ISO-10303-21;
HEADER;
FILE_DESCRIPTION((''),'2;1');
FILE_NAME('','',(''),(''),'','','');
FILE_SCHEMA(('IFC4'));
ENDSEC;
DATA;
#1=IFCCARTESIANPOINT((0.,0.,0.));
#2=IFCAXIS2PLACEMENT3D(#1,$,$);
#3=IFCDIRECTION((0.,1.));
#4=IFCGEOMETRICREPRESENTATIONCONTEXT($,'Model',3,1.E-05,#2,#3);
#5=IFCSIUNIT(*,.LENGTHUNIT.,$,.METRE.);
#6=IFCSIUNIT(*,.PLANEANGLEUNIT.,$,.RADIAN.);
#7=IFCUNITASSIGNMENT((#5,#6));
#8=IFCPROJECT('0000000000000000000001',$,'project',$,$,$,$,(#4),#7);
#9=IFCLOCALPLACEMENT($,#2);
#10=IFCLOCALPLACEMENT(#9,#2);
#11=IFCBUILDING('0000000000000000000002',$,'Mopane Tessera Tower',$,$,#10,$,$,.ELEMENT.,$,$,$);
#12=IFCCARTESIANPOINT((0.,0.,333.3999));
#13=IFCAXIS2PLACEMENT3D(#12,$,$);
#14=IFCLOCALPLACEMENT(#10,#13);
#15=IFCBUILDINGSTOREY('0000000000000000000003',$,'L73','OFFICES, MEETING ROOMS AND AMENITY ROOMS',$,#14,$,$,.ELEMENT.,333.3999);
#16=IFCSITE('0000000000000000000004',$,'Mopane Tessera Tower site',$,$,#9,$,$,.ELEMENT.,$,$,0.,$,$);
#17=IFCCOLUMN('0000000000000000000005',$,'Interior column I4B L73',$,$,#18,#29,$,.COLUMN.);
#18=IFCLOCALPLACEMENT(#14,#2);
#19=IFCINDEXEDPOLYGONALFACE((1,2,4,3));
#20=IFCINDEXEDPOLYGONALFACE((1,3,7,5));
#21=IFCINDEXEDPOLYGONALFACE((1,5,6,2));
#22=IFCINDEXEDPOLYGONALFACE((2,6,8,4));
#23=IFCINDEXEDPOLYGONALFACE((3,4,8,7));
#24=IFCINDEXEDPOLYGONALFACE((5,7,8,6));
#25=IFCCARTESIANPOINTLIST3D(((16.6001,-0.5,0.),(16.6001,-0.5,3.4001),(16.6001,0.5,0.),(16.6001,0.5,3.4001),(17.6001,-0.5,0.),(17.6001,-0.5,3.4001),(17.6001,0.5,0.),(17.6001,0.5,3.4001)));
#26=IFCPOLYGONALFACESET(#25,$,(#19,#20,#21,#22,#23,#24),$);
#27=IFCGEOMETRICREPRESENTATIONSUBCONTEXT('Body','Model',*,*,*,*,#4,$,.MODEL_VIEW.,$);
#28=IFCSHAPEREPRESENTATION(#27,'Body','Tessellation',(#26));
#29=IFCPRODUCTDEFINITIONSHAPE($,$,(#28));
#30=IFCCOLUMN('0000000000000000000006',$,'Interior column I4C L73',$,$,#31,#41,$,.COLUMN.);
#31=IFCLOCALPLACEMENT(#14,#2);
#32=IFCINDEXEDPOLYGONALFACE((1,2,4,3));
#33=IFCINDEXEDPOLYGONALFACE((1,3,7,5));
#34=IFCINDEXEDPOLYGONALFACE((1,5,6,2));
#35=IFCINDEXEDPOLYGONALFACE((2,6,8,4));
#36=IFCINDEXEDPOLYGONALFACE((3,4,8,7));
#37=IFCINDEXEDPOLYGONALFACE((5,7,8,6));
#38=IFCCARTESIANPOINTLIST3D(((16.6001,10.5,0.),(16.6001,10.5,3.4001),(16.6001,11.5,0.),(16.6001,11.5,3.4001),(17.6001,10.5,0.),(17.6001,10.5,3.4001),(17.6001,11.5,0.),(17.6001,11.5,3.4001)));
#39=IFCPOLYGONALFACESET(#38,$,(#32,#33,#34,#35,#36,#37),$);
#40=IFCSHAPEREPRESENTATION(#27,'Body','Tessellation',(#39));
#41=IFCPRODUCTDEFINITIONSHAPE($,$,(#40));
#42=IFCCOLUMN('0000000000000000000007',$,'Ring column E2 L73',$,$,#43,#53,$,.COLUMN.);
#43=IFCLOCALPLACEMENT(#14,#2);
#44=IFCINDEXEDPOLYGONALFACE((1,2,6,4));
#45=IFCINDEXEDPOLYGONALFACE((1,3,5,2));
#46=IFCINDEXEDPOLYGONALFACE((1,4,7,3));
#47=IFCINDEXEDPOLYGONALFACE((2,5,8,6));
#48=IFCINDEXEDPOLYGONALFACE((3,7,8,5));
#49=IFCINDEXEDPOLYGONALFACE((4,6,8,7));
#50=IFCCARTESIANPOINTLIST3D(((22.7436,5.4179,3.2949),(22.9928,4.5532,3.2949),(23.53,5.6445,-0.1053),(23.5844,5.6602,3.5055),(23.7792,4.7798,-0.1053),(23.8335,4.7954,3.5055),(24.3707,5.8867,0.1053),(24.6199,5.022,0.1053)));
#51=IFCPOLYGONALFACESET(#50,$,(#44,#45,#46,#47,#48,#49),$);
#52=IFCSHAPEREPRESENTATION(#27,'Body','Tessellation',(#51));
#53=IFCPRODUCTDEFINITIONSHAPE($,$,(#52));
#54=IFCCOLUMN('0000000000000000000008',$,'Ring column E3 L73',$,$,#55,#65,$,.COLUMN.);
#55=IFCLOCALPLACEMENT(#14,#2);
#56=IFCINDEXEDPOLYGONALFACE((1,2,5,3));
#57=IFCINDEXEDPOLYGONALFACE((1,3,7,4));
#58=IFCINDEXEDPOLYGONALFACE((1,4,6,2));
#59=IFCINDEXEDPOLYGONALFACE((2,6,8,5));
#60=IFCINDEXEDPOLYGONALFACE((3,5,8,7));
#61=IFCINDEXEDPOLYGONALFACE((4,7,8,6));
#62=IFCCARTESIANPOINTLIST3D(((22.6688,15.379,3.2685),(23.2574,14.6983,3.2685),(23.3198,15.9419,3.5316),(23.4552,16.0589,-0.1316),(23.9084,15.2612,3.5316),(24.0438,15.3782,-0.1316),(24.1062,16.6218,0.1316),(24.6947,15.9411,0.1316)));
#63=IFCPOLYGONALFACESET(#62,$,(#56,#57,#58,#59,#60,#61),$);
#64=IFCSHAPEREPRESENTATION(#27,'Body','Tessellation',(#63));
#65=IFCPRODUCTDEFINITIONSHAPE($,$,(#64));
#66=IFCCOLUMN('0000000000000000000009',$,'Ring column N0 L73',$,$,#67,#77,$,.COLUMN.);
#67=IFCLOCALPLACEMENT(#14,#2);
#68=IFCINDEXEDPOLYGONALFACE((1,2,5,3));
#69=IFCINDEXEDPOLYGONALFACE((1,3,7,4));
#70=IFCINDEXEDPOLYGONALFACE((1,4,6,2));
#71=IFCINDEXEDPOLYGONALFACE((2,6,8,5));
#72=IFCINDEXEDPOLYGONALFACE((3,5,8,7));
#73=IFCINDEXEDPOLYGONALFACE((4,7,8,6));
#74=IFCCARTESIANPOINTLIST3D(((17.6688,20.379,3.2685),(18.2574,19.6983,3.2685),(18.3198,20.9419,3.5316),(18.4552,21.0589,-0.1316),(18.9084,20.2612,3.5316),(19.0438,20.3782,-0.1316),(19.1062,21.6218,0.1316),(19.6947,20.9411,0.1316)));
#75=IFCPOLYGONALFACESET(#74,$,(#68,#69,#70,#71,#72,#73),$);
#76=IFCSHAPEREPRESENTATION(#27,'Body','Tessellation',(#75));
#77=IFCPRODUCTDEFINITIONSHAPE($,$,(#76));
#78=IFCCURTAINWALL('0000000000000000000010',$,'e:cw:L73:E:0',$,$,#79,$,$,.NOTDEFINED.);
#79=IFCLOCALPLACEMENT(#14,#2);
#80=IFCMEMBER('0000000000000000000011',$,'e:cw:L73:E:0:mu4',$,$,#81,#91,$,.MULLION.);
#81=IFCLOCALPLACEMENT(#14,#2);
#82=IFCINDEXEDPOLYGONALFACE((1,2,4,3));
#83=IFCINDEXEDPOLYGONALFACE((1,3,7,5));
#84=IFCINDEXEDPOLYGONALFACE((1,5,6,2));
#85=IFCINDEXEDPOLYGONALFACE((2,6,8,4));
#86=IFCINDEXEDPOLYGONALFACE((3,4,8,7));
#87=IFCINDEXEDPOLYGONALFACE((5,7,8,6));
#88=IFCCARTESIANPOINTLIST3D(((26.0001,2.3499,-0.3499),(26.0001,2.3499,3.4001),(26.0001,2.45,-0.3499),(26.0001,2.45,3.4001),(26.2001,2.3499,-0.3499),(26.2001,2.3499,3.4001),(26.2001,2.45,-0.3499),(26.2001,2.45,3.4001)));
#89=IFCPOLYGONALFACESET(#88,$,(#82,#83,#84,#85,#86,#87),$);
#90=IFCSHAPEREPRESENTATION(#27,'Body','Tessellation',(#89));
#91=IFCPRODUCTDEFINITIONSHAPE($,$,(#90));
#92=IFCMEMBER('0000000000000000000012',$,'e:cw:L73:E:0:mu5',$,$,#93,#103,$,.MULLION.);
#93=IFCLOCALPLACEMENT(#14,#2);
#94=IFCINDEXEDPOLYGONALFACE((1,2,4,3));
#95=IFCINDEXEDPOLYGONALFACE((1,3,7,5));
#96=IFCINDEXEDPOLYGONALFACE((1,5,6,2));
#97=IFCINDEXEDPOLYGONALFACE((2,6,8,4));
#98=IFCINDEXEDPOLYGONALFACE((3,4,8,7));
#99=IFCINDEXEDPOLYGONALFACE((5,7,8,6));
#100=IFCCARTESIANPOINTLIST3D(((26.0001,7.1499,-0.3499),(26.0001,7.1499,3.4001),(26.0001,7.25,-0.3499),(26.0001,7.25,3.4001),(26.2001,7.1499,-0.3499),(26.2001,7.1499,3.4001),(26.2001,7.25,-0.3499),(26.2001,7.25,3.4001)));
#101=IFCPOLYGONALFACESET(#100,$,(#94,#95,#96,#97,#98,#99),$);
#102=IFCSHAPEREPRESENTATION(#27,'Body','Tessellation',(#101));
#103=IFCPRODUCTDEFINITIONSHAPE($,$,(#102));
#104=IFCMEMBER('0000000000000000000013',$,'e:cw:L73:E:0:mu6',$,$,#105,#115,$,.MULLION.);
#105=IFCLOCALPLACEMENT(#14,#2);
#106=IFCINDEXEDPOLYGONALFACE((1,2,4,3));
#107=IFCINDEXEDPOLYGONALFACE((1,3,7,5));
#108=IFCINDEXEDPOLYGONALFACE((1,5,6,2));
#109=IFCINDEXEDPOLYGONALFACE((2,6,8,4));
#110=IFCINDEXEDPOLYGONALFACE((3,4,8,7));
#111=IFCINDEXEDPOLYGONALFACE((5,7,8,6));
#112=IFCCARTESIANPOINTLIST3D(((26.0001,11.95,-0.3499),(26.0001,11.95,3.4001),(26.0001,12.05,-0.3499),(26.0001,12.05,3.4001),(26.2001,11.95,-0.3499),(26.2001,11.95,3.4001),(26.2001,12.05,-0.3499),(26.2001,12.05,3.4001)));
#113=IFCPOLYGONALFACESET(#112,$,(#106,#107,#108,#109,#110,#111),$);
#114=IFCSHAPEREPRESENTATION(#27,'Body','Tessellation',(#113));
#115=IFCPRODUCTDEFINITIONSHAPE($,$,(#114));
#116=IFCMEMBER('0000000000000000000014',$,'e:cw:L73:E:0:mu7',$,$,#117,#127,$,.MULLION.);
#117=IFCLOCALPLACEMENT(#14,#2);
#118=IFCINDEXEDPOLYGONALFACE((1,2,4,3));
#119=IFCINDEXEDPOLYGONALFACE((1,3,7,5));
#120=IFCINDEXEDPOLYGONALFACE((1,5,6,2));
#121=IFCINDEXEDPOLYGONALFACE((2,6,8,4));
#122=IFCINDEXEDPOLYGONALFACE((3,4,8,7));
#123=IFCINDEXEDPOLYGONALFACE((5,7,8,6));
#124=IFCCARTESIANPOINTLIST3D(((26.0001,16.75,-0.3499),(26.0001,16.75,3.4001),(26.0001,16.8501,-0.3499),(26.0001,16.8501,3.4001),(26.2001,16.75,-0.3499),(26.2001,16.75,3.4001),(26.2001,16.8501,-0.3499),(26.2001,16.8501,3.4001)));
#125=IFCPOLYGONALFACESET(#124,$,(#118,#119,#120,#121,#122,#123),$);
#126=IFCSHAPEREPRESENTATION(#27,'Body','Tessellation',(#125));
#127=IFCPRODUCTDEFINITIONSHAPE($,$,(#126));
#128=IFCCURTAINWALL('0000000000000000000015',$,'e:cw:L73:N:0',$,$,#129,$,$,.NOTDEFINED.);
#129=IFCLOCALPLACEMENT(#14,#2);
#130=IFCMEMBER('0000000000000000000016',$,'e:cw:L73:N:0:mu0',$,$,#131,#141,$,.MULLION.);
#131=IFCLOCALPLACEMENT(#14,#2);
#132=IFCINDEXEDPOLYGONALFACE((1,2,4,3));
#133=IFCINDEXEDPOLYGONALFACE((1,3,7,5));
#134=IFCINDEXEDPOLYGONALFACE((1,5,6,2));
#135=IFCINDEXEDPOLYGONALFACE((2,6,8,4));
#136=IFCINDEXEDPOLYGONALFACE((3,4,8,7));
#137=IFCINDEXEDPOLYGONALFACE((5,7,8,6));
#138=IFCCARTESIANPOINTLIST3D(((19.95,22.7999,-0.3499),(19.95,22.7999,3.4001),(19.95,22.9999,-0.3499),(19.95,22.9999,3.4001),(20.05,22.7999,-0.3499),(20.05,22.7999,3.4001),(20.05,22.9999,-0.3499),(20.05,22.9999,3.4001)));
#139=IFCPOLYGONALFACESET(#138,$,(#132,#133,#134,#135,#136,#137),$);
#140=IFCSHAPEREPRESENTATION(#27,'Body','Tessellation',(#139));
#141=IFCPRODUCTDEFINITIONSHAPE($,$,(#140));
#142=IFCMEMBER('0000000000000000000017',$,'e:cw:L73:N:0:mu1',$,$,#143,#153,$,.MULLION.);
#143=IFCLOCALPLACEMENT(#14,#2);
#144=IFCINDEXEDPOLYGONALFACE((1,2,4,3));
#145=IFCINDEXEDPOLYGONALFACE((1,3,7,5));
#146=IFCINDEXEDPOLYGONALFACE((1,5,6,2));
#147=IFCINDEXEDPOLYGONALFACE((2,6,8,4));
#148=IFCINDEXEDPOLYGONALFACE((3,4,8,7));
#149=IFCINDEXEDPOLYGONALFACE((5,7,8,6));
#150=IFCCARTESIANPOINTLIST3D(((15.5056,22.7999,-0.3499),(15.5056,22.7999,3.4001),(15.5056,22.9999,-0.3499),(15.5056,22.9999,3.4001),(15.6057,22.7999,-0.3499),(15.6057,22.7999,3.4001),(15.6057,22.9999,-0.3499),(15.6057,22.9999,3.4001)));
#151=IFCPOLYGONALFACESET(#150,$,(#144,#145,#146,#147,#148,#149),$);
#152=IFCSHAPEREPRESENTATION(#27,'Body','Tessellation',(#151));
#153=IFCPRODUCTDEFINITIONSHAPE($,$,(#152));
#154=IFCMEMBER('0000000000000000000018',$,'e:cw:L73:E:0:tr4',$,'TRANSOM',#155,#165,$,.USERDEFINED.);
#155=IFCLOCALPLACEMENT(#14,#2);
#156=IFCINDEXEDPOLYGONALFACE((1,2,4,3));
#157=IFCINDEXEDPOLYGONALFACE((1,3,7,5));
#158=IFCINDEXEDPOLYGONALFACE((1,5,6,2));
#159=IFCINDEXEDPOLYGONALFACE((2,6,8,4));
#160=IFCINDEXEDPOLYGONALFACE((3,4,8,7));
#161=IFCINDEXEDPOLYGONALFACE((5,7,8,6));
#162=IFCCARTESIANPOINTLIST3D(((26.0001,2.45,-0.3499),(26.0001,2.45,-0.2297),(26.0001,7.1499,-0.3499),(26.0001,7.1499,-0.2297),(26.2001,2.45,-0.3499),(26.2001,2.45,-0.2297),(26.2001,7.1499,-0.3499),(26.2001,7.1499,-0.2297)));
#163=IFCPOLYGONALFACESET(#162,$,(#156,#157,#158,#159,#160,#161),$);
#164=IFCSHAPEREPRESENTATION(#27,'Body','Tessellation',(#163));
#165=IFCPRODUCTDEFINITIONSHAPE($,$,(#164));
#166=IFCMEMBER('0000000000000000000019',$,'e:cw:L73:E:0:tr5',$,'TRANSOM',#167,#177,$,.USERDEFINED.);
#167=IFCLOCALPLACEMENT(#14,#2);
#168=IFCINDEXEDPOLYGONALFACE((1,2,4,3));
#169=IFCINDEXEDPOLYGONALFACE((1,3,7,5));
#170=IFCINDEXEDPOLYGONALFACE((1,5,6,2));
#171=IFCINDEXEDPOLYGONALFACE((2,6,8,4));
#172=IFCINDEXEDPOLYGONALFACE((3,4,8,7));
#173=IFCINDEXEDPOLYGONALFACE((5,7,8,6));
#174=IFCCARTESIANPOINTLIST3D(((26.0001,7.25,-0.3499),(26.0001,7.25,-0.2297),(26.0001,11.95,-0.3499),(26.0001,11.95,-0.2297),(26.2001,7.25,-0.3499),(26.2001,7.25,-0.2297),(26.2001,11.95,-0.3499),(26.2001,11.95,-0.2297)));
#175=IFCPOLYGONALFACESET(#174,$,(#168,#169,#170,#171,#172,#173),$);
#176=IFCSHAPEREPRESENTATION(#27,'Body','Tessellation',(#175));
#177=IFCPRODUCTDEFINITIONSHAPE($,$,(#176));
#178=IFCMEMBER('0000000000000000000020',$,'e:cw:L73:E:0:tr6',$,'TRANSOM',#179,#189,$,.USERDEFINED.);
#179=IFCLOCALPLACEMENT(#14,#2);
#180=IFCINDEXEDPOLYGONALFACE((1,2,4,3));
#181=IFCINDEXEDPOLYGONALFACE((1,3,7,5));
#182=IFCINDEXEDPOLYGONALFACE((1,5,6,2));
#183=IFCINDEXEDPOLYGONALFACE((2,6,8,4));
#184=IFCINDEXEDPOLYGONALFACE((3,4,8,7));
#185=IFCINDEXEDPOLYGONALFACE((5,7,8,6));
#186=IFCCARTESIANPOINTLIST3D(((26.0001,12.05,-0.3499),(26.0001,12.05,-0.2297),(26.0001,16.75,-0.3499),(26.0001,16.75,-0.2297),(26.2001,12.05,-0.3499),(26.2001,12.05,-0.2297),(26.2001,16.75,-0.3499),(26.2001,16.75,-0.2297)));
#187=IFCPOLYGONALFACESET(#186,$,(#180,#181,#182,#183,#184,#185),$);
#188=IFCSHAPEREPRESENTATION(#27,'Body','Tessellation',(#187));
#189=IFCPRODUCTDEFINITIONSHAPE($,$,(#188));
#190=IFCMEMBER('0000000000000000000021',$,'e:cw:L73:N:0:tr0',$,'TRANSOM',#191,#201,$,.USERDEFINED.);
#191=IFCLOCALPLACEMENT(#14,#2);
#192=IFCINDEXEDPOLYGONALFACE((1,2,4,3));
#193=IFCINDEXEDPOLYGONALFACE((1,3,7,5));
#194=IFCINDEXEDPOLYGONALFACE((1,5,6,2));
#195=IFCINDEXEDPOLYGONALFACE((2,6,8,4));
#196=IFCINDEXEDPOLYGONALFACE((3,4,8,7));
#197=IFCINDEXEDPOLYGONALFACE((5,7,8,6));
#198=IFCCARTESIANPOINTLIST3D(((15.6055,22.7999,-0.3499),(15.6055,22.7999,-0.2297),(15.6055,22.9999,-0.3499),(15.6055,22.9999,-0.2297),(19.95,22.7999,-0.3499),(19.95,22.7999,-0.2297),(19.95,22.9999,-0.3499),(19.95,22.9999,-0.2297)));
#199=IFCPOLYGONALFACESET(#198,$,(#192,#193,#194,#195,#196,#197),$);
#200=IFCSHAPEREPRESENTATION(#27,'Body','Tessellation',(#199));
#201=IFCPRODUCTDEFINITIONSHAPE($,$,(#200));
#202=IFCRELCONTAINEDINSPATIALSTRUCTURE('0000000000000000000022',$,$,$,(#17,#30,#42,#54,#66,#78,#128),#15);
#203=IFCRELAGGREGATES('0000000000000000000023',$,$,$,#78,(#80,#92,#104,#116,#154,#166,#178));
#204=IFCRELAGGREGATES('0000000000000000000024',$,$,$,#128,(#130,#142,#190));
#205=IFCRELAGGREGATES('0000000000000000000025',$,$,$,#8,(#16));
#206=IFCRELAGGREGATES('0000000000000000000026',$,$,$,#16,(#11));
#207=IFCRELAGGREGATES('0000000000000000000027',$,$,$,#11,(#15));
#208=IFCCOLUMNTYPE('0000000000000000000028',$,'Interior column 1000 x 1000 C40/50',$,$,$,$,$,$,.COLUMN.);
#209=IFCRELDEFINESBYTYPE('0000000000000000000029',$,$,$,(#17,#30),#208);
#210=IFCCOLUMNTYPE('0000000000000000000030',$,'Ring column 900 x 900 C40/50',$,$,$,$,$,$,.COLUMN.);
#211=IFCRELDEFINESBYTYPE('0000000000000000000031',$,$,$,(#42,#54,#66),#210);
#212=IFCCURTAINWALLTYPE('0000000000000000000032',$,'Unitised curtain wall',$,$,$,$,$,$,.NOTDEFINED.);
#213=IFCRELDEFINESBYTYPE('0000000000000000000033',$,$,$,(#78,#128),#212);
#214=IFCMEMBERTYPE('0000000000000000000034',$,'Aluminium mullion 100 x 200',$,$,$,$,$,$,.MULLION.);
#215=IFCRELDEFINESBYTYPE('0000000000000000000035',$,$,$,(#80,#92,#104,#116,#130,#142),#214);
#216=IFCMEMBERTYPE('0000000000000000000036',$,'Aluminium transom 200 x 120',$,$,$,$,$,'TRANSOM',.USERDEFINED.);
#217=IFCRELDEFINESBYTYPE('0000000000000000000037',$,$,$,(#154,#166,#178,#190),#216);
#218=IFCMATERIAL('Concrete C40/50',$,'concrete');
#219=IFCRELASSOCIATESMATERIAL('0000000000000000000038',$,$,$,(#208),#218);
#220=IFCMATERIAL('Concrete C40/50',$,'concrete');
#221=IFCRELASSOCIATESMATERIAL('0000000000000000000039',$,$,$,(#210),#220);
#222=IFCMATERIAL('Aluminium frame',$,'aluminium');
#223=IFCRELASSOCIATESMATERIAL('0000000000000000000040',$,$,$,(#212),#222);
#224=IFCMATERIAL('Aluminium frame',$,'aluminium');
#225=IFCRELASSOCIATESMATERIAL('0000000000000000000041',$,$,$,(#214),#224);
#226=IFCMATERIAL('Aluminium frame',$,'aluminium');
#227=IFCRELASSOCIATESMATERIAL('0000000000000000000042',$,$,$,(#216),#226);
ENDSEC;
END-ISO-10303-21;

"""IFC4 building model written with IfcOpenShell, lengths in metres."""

from ifc_helpers import new_model, si_unit, direction, frame, origin, origin_2d, place, context, subcontext, project, spatial, rectangle, extrude, material, material_profile, profile_set, type_object, element, aggregate, save


model = new_model("IFC4")

# Units and contexts
model_context = context("Model", 3, precision=1e-05, world=origin(), true_north=direction((0.0, 1.0)))
body_context = subcontext(model_context, "Body", "Model", "MODEL_VIEW")
ifc_project = project(units=[si_unit("LENGTHUNIT", "METRE"), si_unit("PLANEANGLEUNIT", "RADIAN")], contexts=[model_context])

# Site, building, storey
site_placement = place(None, origin())
site = spatial("IfcSite", under=ifc_project, at=site_placement, Name="Mopane Tessera Tower site", CompositionType="ELEMENT", RefElevation=0.0)
building_placement = place(site_placement, origin())
building = spatial("IfcBuilding", under=site, at=building_placement, Name="Mopane Tessera Tower", CompositionType="ELEMENT")
storey_placement = place(building_placement, frame((0.0, 0.0, 333.3999)))
storey = spatial("IfcBuildingStorey", under=building, at=storey_placement, Name="L73", Description="OFFICES, MEETING ROOMS AND AMENITY ROOMS", CompositionType="ELEMENT", Elevation=333.3999)

# Columns
ifc_material_1 = material(Name="Concrete C40/50", Category="concrete")
ifc_material_profile_1 = material_profile(ifc_material_1, rectangle(XDim=1.0, YDim=1.0, at=origin_2d()))
ifc_profile_set_1 = profile_set([ifc_material_profile_1], Name="Concrete C40/50")
column_type_1 = type_object("IfcColumnType", Name="Interior column 1000 x 1000 C40/50", PredefinedType="COLUMN", material=ifc_profile_set_1)
for number, where, z_axis, x_axis, name in (
    (1, (17.1001, 0.0, 0.0), (0.0, 0.0, 1.0), (1.0, 0.0, 0.0), "Interior column I4B L73"),
    (2, (17.1001, 11.0, 0.0), (0.0, 0.0, 1.0), (1.0, 0.0, 0.0), "Interior column I4C L73"),
):
    element("IfcColumn", number, at=place(storey_placement, frame(where, z_axis=z_axis, x_axis=x_axis)), inside=storey, type_object=column_type_1, Name=name, PredefinedType="COLUMN", context=body_context, shape_type="SweptSolid", body=[
        extrude(rectangle(XDim=1.0, YDim=1.0, at=origin_2d()), origin(), (0.0, 0.0, 1.0), 3.4001),
    ])
ifc_material_2 = material(Name="Concrete C40/50", Category="concrete")
ifc_material_profile_2 = material_profile(ifc_material_2, rectangle(XDim=0.8999, YDim=0.8999, at=origin_2d()))
ifc_profile_set_2 = profile_set([ifc_material_profile_2], Name="Concrete C40/50")
column_type_2 = type_object("IfcColumnType", Name="Ring column 900 x 900 C40/50", PredefinedType="COLUMN", material=ifc_profile_set_2)
column_placement = place(storey_placement, frame((24.075, 5.3333, 0.0), z_axis=(-0.224856, -0.064783, 0.972236), x_axis=(0.276848, -0.960914, 0.0)))
element("IfcColumn", 3, at=column_placement, inside=storey, type_object=column_type_2, Name="Ring column E2 L73", PredefinedType="COLUMN", context=body_context, shape_type="SweptSolid", body=[
    extrude(rectangle(XDim=0.8999, YDim=0.8999, at=origin_2d()), origin(), (0.0, 0.0, 1.0), 3.4973),
])
for number, where, z_axis, x_axis, name in (
    (4, (24.075, 16.0, 0.0), (-0.221171, -0.191233, 0.956302), (0.654054, -0.756448, 0.0), "Ring column E3 L73"),
    (5, (19.075, 21.0, 0.0), (-0.221171, -0.191233, 0.956302), (0.654054, -0.756448, 0.0), "Ring column N0 L73"),
):
    element("IfcColumn", number, at=place(storey_placement, frame(where, z_axis=z_axis, x_axis=x_axis)), inside=storey, type_object=column_type_2, Name=name, PredefinedType="COLUMN", context=body_context, shape_type="SweptSolid", body=[
        extrude(rectangle(XDim=0.8999, YDim=0.8999, at=origin_2d()), origin(), (0.0, 0.0, 1.0), 3.5554),
    ])

# Curtain walls, members
ifc_material_3 = material(Name="Aluminium frame", Category="aluminium")
curtain_wall_type = type_object("IfcCurtainWallType", Name="Unitised curtain wall", PredefinedType="NOTDEFINED", material=ifc_material_3)
curtain_wall_1_placement = place(storey_placement, origin())
curtain_wall_1 = element("IfcCurtainWall", 6, at=curtain_wall_1_placement, inside=storey, type_object=curtain_wall_type, Name="e:cw:L73:E:0", PredefinedType="NOTDEFINED")
ifc_material_4 = material(Name="Aluminium frame", Category="aluminium")
ifc_material_profile_3 = material_profile(ifc_material_4, rectangle(XDim=0.1001, YDim=0.2, at=origin_2d()))
ifc_profile_set_3 = profile_set([ifc_material_profile_3], Name="Aluminium frame")
member_type_1 = type_object("IfcMemberType", Name="Aluminium mullion 100 x 200", PredefinedType="MULLION", material=ifc_profile_set_3)
member_1_placement = place(storey_placement, frame((26.1001, 2.3999, -0.3499), z_axis=(0.0, 0.0, 1.0), x_axis=(0.0, 1.0, 0.0)))
member_1 = element("IfcMember", 7, at=member_1_placement, type_object=member_type_1, Name="e:cw:L73:E:0:mu4", PredefinedType="MULLION", context=body_context, shape_type="SweptSolid", body=[
    extrude(rectangle(XDim=0.1001, YDim=0.2, at=origin_2d()), origin(), (0.0, 0.0, 1.0), 3.75),
])
member_2_placement = place(storey_placement, frame((26.1001, 7.2, -0.3499), z_axis=(0.0, 0.0, 1.0), x_axis=(0.0, 1.0, 0.0)))
member_2 = element("IfcMember", 8, at=member_2_placement, type_object=member_type_1, Name="e:cw:L73:E:0:mu5", PredefinedType="MULLION", context=body_context, shape_type="SweptSolid", body=[
    extrude(rectangle(XDim=0.1001, YDim=0.2, at=origin_2d()), origin(), (0.0, 0.0, 1.0), 3.75),
])
member_3_placement = place(storey_placement, frame((26.1001, 12.0, -0.3499), z_axis=(0.0, 0.0, 1.0), x_axis=(0.0, 1.0, 0.0)))
member_3 = element("IfcMember", 9, at=member_3_placement, type_object=member_type_1, Name="e:cw:L73:E:0:mu6", PredefinedType="MULLION", context=body_context, shape_type="SweptSolid", body=[
    extrude(rectangle(XDim=0.1001, YDim=0.2, at=origin_2d()), origin(), (0.0, 0.0, 1.0), 3.75),
])
member_4_placement = place(storey_placement, frame((26.1001, 16.8, -0.3499), z_axis=(0.0, 0.0, 1.0), x_axis=(0.0, 1.0, 0.0)))
member_4 = element("IfcMember", 10, at=member_4_placement, type_object=member_type_1, Name="e:cw:L73:E:0:mu7", PredefinedType="MULLION", context=body_context, shape_type="SweptSolid", body=[
    extrude(rectangle(XDim=0.1001, YDim=0.2, at=origin_2d()), origin(), (0.0, 0.0, 1.0), 3.75),
])
curtain_wall_2_placement = place(storey_placement, origin())
curtain_wall_2 = element("IfcCurtainWall", 11, at=curtain_wall_2_placement, inside=storey, type_object=curtain_wall_type, Name="e:cw:L73:N:0", PredefinedType="NOTDEFINED")
member_5_placement = place(storey_placement, frame((20.0, 22.8999, -0.3499), z_axis=(0.0, 0.0, 1.0), x_axis=(-1.0, 0.0, 0.0)))
member_5 = element("IfcMember", 12, at=member_5_placement, type_object=member_type_1, Name="e:cw:L73:N:0:mu0", PredefinedType="MULLION", context=body_context, shape_type="SweptSolid", body=[
    extrude(rectangle(XDim=0.1001, YDim=0.2, at=origin_2d()), origin(), (0.0, 0.0, 1.0), 3.75),
])
member_6_placement = place(storey_placement, frame((15.5557, 22.8999, -0.3499), z_axis=(0.0, 0.0, 1.0), x_axis=(-1.0, 0.0, 0.0)))
member_6 = element("IfcMember", 13, at=member_6_placement, type_object=member_type_1, Name="e:cw:L73:N:0:mu1", PredefinedType="MULLION", context=body_context, shape_type="SweptSolid", body=[
    extrude(rectangle(XDim=0.1001, YDim=0.2, at=origin_2d()), origin(), (0.0, 0.0, 1.0), 3.75),
])

# Members
ifc_material_5 = material(Name="Aluminium frame", Category="aluminium")
ifc_material_profile_4 = material_profile(ifc_material_5, rectangle(XDim=0.2, YDim=0.1201, at=origin_2d()))
ifc_profile_set_4 = profile_set([ifc_material_profile_4], Name="Aluminium frame")
member_type_2 = type_object("IfcMemberType", Name="Aluminium transom 200 x 120", ElementType="TRANSOM", PredefinedType="USERDEFINED", material=ifc_profile_set_4)
member_7_placement = place(storey_placement, frame((26.1001, 2.45, -0.2898), z_axis=(0.0, 1.0, 0.0), x_axis=(-1.0, 0.0, 0.0)))
member_7 = element("IfcMember", 14, at=member_7_placement, type_object=member_type_2, Name="e:cw:L73:E:0:tr4", ObjectType="TRANSOM", PredefinedType="USERDEFINED", context=body_context, shape_type="SweptSolid", body=[
    extrude(rectangle(XDim=0.2, YDim=0.1201, at=origin_2d()), origin(), (0.0, 0.0, 1.0), 4.7),
])
member_8_placement = place(storey_placement, frame((26.1001, 7.25, -0.2898), z_axis=(0.0, 1.0, 0.0), x_axis=(-1.0, 0.0, 0.0)))
member_8 = element("IfcMember", 15, at=member_8_placement, type_object=member_type_2, Name="e:cw:L73:E:0:tr5", ObjectType="TRANSOM", PredefinedType="USERDEFINED", context=body_context, shape_type="SweptSolid", body=[
    extrude(rectangle(XDim=0.2, YDim=0.1201, at=origin_2d()), origin(), (0.0, 0.0, 1.0), 4.7),
])
member_9_placement = place(storey_placement, frame((26.1001, 12.05, -0.2898), z_axis=(0.0, 1.0, 0.0), x_axis=(-1.0, 0.0, 0.0)))
member_9 = element("IfcMember", 16, at=member_9_placement, type_object=member_type_2, Name="e:cw:L73:E:0:tr6", ObjectType="TRANSOM", PredefinedType="USERDEFINED", context=body_context, shape_type="SweptSolid", body=[
    extrude(rectangle(XDim=0.2, YDim=0.1201, at=origin_2d()), origin(), (0.0, 0.0, 1.0), 4.7),
])
member_10_placement = place(storey_placement, frame((19.95, 22.8999, -0.2898), z_axis=(-1.0, 0.0, 0.0), x_axis=(0.0, -1.0, 0.0)))
member_10 = element("IfcMember", 17, at=member_10_placement, type_object=member_type_2, Name="e:cw:L73:N:0:tr0", ObjectType="TRANSOM", PredefinedType="USERDEFINED", context=body_context, shape_type="SweptSolid", body=[
    extrude(rectangle(XDim=0.2, YDim=0.1201, at=origin_2d()), origin(), (0.0, 0.0, 1.0), 4.3445),
])

aggregate(curtain_wall_1, [member_1, member_2, member_3, member_4, member_7, member_8, member_9])
aggregate(curtain_wall_2, [member_5, member_6, member_10])

save(model, "model.ifc")
